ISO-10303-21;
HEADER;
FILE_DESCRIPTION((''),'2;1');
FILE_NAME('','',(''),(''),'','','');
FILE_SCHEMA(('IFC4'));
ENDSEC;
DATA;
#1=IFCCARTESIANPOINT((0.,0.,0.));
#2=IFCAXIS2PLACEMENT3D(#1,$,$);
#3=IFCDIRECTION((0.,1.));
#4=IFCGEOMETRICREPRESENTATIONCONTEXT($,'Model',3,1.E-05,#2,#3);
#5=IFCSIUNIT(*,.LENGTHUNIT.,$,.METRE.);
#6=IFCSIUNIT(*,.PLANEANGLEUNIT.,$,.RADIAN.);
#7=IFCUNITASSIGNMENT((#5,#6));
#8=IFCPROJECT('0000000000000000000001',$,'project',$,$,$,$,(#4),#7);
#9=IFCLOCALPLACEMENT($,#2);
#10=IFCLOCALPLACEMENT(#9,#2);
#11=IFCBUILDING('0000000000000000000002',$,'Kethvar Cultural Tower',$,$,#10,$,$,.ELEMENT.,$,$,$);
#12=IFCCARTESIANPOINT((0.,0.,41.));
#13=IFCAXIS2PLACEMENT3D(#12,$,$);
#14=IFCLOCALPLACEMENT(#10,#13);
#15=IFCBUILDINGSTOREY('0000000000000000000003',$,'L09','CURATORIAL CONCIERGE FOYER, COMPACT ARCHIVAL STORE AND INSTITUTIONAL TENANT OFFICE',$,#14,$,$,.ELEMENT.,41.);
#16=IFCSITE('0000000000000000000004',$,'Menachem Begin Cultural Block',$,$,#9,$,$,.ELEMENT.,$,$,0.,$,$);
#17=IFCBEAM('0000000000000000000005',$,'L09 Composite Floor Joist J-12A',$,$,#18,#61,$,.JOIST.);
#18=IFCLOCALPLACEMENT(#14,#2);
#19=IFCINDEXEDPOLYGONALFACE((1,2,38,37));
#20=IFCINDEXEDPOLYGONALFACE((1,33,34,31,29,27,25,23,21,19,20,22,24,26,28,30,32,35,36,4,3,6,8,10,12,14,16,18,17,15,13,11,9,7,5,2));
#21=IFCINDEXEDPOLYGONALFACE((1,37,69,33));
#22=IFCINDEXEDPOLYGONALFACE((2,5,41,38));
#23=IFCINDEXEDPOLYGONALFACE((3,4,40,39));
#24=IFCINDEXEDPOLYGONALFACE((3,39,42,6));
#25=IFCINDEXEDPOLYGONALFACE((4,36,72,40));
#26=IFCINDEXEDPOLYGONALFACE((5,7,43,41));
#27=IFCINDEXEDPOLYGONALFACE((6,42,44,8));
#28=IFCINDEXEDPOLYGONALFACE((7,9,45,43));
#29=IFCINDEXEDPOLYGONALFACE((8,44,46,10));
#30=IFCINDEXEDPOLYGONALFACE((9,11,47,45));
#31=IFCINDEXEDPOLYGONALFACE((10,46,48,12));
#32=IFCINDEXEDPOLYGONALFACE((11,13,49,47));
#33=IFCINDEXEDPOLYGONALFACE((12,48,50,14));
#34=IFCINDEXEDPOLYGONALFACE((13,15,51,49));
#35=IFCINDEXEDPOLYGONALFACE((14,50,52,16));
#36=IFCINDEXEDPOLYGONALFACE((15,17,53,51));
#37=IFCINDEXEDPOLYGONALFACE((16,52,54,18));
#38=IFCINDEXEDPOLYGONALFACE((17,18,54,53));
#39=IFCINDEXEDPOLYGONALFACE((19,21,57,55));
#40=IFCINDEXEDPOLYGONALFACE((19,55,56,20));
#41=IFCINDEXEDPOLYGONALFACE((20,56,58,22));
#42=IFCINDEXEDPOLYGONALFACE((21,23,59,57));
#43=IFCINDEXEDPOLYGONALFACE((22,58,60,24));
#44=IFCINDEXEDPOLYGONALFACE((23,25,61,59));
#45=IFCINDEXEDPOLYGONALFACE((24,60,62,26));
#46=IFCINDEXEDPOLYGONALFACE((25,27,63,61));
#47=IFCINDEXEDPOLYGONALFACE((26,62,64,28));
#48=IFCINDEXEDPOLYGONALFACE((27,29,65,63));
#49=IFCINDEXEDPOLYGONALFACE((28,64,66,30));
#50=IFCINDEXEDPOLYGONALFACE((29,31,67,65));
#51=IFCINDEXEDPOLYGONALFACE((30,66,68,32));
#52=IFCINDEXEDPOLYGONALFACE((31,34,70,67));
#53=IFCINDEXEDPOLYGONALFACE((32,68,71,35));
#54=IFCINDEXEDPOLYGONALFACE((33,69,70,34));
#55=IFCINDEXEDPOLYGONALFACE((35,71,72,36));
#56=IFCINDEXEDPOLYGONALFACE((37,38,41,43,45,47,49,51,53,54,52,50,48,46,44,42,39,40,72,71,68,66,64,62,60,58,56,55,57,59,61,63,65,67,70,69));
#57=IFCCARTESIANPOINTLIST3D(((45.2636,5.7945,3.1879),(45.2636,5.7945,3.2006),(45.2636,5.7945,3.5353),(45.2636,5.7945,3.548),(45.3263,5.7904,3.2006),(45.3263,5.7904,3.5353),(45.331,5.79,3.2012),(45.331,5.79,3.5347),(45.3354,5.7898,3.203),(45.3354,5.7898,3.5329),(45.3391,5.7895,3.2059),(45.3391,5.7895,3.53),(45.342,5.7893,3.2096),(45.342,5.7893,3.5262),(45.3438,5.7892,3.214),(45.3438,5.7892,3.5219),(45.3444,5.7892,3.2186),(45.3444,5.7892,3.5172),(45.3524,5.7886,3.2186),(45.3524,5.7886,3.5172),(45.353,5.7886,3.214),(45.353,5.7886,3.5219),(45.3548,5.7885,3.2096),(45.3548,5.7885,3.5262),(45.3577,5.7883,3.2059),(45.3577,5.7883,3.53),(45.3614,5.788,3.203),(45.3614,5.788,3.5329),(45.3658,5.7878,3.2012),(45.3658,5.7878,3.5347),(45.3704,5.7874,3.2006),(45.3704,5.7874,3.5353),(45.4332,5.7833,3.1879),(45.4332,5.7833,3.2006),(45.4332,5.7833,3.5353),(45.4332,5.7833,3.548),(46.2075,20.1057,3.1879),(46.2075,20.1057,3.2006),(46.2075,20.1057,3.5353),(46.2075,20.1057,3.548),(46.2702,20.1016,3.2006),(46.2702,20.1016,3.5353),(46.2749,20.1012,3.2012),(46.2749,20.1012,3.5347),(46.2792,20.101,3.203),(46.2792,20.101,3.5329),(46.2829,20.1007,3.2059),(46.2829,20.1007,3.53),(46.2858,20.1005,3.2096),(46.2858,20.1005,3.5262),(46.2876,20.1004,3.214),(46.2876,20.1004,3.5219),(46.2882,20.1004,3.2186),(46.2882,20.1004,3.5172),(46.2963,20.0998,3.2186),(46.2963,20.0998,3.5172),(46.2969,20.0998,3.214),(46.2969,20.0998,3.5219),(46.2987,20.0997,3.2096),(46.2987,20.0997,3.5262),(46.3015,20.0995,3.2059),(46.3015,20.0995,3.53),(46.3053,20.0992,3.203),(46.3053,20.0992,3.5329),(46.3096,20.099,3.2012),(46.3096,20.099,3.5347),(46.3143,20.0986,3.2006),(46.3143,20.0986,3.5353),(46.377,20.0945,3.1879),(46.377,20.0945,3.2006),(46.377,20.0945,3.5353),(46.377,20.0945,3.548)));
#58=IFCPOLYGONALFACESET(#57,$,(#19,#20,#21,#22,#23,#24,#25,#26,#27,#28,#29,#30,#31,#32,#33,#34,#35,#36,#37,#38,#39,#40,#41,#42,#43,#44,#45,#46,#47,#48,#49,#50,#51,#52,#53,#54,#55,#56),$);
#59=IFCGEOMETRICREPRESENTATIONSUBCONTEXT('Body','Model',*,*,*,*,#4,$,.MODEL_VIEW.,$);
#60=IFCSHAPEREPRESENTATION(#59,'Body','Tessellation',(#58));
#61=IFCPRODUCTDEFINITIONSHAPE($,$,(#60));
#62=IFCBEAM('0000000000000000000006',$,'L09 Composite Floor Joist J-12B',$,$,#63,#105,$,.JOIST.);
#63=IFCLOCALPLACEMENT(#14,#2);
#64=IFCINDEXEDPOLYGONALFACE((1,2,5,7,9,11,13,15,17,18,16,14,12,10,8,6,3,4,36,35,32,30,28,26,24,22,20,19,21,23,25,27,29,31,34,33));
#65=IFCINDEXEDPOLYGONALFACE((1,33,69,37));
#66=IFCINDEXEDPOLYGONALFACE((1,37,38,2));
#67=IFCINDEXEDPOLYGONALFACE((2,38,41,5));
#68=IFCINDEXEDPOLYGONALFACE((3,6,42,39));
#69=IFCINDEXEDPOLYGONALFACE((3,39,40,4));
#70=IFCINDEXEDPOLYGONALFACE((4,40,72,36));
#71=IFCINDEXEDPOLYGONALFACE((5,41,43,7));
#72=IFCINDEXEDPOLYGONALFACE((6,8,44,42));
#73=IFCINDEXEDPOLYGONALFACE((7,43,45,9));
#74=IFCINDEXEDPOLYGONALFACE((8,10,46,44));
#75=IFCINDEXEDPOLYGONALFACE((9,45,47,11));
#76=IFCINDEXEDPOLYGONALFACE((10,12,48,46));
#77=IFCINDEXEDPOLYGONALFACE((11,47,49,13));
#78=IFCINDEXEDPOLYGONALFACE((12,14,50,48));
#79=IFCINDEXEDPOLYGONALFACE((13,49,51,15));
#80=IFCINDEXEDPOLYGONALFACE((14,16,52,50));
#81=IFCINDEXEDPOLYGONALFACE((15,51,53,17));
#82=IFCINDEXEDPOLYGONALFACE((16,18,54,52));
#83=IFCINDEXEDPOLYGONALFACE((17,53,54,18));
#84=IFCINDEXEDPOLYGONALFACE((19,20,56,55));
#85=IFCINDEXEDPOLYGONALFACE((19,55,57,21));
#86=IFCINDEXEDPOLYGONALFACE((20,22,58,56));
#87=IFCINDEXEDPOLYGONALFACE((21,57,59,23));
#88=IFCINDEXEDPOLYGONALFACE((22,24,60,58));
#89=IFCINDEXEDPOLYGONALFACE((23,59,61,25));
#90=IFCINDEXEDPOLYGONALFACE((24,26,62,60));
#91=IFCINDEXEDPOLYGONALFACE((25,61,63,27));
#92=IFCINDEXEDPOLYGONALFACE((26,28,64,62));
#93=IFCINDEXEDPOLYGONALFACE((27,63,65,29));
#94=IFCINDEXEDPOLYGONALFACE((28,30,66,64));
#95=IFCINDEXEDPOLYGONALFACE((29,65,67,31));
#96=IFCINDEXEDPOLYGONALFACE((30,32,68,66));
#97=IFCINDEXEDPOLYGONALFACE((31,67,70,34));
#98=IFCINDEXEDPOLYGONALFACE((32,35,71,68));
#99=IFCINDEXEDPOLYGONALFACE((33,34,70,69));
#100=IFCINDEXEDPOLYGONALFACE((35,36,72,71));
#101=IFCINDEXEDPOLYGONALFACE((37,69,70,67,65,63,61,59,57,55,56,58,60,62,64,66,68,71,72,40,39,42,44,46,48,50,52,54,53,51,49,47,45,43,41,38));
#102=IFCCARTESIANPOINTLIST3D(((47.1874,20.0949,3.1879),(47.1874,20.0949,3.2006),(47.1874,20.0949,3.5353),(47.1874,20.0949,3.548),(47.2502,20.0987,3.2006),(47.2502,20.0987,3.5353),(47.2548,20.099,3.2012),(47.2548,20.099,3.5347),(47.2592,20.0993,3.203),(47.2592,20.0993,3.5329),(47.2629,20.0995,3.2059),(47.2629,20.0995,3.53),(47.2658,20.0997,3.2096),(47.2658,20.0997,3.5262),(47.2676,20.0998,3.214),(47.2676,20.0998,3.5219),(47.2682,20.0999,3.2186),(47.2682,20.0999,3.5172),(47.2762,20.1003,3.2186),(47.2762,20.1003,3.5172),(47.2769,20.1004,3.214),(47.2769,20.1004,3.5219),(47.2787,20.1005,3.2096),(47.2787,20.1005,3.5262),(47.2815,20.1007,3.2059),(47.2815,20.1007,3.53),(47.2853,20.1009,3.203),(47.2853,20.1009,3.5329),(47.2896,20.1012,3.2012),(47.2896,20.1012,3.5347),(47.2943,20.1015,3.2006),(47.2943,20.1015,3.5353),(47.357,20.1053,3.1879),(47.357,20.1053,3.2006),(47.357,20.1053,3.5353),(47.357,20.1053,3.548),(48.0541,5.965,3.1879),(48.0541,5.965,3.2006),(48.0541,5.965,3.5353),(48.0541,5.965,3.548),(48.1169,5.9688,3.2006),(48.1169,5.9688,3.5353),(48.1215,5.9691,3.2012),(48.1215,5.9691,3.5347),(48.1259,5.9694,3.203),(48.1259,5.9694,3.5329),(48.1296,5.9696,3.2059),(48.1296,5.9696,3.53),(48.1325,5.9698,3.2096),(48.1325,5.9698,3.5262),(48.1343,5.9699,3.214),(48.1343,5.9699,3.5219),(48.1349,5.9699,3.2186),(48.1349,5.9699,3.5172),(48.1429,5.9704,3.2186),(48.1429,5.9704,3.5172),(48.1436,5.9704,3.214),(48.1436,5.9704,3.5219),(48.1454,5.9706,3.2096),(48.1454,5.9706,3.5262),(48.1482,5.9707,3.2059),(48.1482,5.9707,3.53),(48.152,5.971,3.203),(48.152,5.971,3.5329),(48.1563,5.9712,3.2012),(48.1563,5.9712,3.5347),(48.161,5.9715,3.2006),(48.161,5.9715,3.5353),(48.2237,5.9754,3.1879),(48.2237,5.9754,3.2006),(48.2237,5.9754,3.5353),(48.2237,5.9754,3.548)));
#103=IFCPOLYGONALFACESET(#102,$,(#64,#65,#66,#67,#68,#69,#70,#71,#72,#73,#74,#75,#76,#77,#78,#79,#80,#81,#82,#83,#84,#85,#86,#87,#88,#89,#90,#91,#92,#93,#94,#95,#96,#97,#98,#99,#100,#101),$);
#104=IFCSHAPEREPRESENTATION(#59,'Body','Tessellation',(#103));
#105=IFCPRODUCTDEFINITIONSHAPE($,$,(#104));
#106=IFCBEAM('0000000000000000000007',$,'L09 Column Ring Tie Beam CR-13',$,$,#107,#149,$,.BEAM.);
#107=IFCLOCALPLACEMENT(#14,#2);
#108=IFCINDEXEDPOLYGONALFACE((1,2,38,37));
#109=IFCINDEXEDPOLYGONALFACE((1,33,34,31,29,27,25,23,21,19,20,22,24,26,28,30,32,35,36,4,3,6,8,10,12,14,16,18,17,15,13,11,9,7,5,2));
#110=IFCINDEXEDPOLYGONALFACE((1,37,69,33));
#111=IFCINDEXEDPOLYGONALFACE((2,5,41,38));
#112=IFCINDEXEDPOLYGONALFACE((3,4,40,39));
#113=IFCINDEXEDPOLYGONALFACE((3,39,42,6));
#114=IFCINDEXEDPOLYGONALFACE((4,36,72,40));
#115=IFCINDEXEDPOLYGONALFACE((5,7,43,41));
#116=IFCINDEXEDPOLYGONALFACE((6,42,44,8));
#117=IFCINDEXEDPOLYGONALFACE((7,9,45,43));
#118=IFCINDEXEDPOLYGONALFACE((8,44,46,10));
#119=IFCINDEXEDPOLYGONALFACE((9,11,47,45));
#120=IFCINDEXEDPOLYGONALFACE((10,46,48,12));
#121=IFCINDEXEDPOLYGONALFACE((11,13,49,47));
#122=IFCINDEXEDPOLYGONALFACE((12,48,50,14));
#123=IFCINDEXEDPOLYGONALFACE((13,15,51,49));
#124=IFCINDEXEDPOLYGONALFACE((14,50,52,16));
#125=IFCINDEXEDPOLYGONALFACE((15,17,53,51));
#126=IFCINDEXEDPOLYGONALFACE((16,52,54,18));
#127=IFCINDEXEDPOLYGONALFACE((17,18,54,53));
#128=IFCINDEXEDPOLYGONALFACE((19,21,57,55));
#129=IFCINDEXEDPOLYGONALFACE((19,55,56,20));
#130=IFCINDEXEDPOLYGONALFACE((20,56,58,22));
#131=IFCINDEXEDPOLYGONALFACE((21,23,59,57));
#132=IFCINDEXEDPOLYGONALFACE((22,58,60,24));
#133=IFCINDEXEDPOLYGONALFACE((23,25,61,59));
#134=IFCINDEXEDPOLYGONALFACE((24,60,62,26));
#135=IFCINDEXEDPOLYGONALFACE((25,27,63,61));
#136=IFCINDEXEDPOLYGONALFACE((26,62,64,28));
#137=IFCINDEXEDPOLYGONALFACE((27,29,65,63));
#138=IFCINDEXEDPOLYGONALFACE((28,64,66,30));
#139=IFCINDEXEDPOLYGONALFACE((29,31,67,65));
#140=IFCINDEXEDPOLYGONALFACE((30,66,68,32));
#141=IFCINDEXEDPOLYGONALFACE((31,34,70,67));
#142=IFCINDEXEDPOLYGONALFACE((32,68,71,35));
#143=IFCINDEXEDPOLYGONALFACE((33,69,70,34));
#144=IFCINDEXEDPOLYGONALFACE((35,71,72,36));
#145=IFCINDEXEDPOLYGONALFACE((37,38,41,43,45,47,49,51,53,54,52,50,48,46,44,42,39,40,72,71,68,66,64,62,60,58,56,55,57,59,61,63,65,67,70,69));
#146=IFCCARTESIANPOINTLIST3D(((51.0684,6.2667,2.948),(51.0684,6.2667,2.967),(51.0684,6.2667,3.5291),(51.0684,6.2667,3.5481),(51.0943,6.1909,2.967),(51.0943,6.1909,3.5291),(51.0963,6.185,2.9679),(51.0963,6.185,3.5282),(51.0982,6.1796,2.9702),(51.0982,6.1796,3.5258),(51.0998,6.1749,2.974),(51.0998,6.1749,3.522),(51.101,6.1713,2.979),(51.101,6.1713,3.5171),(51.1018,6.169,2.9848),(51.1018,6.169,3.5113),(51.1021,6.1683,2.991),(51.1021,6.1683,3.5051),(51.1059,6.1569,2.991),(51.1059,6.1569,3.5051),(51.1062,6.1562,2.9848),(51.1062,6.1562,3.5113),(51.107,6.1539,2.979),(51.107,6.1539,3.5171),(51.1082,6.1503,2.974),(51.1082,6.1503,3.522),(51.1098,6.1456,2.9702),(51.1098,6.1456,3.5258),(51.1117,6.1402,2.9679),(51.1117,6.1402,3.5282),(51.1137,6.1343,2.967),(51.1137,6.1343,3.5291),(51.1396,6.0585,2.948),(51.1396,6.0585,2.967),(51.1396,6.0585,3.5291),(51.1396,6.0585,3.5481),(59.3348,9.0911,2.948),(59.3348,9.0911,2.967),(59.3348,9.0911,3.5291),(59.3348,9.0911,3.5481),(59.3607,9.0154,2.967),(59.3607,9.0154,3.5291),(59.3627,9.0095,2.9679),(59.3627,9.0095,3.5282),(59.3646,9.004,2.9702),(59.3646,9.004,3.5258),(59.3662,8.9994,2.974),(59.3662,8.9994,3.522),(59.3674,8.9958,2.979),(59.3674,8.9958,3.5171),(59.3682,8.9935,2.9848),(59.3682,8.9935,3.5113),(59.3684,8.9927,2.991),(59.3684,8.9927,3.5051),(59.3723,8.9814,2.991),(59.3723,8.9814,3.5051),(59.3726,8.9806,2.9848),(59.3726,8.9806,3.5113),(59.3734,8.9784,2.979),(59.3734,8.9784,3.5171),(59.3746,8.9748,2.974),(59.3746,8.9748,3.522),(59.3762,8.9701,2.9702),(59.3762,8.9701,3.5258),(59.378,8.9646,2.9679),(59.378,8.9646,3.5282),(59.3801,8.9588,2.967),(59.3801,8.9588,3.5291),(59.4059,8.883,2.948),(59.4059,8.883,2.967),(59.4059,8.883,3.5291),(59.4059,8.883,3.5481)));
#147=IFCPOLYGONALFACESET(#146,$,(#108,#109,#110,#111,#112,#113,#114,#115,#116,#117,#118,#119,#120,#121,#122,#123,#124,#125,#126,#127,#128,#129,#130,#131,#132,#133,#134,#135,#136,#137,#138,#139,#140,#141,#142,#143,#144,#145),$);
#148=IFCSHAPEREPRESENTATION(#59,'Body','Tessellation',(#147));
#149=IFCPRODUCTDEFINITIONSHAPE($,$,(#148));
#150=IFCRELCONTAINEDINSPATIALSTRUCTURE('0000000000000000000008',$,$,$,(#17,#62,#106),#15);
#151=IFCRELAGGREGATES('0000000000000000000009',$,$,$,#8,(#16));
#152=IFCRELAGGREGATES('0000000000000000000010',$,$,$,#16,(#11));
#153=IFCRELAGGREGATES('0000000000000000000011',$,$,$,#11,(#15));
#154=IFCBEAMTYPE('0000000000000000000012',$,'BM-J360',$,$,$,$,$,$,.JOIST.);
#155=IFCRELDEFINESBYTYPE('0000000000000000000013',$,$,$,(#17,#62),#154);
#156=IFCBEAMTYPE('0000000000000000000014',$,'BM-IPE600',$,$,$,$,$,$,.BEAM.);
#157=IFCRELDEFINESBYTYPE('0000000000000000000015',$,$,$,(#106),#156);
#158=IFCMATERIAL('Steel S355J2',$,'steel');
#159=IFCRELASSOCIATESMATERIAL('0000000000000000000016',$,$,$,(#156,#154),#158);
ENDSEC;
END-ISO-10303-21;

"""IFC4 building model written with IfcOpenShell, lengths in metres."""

from ifc_helpers import new_model, si_unit, direction, frame, origin, origin_2d, place, context, subcontext, project, spatial, i_section, extrude, source, transform, mapped, material, material_profile, profile_set, type_object, element, save


model = new_model("IFC4")

# Units and contexts
model_context = context("Model", 3, precision=1e-05, world=origin(), true_north=direction((0.0, 1.0)))
body_context = subcontext(model_context, "Body", "Model", "MODEL_VIEW")
ifc_project = project(units=[si_unit("LENGTHUNIT", "METRE"), si_unit("PLANEANGLEUNIT", "RADIAN")], contexts=[model_context])

# Site, building, storey
site_placement = place(None, origin())
site = spatial("IfcSite", under=ifc_project, at=site_placement, Name="Menachem Begin Cultural Block", CompositionType="ELEMENT", RefElevation=0.0)
building_placement = place(site_placement, origin())
building = spatial("IfcBuilding", under=site, at=building_placement, Name="Kethvar Cultural Tower", CompositionType="ELEMENT")
storey_placement = place(building_placement, frame((0.0, 0.0, 41.0)))
storey = spatial("IfcBuildingStorey", under=building, at=storey_placement, Name="L09", Description="CURATORIAL CONCIERGE FOYER, COMPACT ARCHIVAL STORE AND INSTITUTIONAL TENANT OFFICE", CompositionType="ELEMENT", Elevation=41.0)

# Beams
ifc_material_1 = material(Name="Steel S355J2", Category="steel")
ifc_material_profile_1 = material_profile(ifc_material_1, i_section(OverallWidth=0.22, OverallDepth=0.6001, WebThickness=0.012, FlangeThickness=0.019, FilletRadius=0.0239, at=origin_2d()), Name="Steel S355J2 — IPE600")
ifc_profile_set_1 = profile_set([ifc_material_profile_1], Name="Steel S355J2 — IPE600")
beam_type_1 = type_object("IfcBeamType", Name="BM-IPE600", PredefinedType="BEAM", material=ifc_profile_set_1)
ifc_material_profile_2 = material_profile(ifc_material_1, i_section(OverallWidth=0.1699, OverallDepth=0.3601, WebThickness=0.0081, FlangeThickness=0.0127, FilletRadius=0.0181, at=origin_2d()), Name="Steel S355J2 — IPE360")
ifc_profile_set_2 = profile_set([ifc_material_profile_2], Name="Steel S355J2 — IPE360")
beam_type_2 = type_object("IfcBeamType", Name="BM-J360", PredefinedType="JOIST", material=ifc_profile_set_2)
shared_shape_1 = source(origin(), body_context, "Body", "SweptSolid", [
    extrude(i_section(OverallWidth=0.1699, OverallDepth=0.3601, WebThickness=0.0081, FlangeThickness=0.0127, FilletRadius=0.0181, at=origin_2d()), origin(), (0.0, 0.0, 1.0), 14.3423),
])
beam_1_placement = place(storey_placement, frame((46.2922, 20.1001, 3.3679), z_axis=(-0.065808, -0.997832, 0.0), x_axis=(0.997832, -0.065808, 0.0)))
element("IfcBeam", 1, at=beam_1_placement, inside=storey, type_object=beam_type_2, Name="L09 Composite Floor Joist J-12A", PredefinedType="JOIST", context=body_context, shape_type="MappedRepresentation", body=[
    mapped(shared_shape_1, transform((0.0, 0.0, 0.0), scale=1.0)),
])
shared_shape_2 = source(origin(), body_context, "Body", "SweptSolid", [
    extrude(i_section(OverallWidth=0.1699, OverallDepth=0.3601, WebThickness=0.0081, FlangeThickness=0.0127, FilletRadius=0.0181, at=origin_2d()), origin(), (0.0, 0.0, 1.0), 14.1565),
])
beam_2_placement = place(storey_placement, frame((47.2722, 20.1001, 3.3679), z_axis=(0.061223, -0.998124, 0.0), x_axis=(0.998124, 0.061223, 0.0)))
element("IfcBeam", 2, at=beam_2_placement, inside=storey, type_object=beam_type_2, Name="L09 Composite Floor Joist J-12B", PredefinedType="JOIST", context=body_context, shape_type="MappedRepresentation", body=[
    mapped(shared_shape_2, transform((0.0, 0.0, 0.0), scale=1.0)),
])
shared_shape_3 = source(origin(), body_context, "Body", "SweptSolid", [
    extrude(i_section(OverallWidth=0.22, OverallDepth=0.6001, WebThickness=0.012, FlangeThickness=0.019, FilletRadius=0.0239, at=origin_2d()), origin(), (0.0, 0.0, 1.0), 8.7356),
])
beam_3_placement = place(storey_placement, frame((51.104, 6.1626, 3.248), z_axis=(0.946287, 0.323329, 0.0), x_axis=(-0.323329, 0.946287, 0.0)))
element("IfcBeam", 3, at=beam_3_placement, inside=storey, type_object=beam_type_1, Name="L09 Column Ring Tie Beam CR-13", PredefinedType="BEAM", context=body_context, shape_type="MappedRepresentation", body=[
    mapped(shared_shape_3, transform((0.0, 0.0, 0.0), scale=1.0)),
])

save(model, "model.ifc")
